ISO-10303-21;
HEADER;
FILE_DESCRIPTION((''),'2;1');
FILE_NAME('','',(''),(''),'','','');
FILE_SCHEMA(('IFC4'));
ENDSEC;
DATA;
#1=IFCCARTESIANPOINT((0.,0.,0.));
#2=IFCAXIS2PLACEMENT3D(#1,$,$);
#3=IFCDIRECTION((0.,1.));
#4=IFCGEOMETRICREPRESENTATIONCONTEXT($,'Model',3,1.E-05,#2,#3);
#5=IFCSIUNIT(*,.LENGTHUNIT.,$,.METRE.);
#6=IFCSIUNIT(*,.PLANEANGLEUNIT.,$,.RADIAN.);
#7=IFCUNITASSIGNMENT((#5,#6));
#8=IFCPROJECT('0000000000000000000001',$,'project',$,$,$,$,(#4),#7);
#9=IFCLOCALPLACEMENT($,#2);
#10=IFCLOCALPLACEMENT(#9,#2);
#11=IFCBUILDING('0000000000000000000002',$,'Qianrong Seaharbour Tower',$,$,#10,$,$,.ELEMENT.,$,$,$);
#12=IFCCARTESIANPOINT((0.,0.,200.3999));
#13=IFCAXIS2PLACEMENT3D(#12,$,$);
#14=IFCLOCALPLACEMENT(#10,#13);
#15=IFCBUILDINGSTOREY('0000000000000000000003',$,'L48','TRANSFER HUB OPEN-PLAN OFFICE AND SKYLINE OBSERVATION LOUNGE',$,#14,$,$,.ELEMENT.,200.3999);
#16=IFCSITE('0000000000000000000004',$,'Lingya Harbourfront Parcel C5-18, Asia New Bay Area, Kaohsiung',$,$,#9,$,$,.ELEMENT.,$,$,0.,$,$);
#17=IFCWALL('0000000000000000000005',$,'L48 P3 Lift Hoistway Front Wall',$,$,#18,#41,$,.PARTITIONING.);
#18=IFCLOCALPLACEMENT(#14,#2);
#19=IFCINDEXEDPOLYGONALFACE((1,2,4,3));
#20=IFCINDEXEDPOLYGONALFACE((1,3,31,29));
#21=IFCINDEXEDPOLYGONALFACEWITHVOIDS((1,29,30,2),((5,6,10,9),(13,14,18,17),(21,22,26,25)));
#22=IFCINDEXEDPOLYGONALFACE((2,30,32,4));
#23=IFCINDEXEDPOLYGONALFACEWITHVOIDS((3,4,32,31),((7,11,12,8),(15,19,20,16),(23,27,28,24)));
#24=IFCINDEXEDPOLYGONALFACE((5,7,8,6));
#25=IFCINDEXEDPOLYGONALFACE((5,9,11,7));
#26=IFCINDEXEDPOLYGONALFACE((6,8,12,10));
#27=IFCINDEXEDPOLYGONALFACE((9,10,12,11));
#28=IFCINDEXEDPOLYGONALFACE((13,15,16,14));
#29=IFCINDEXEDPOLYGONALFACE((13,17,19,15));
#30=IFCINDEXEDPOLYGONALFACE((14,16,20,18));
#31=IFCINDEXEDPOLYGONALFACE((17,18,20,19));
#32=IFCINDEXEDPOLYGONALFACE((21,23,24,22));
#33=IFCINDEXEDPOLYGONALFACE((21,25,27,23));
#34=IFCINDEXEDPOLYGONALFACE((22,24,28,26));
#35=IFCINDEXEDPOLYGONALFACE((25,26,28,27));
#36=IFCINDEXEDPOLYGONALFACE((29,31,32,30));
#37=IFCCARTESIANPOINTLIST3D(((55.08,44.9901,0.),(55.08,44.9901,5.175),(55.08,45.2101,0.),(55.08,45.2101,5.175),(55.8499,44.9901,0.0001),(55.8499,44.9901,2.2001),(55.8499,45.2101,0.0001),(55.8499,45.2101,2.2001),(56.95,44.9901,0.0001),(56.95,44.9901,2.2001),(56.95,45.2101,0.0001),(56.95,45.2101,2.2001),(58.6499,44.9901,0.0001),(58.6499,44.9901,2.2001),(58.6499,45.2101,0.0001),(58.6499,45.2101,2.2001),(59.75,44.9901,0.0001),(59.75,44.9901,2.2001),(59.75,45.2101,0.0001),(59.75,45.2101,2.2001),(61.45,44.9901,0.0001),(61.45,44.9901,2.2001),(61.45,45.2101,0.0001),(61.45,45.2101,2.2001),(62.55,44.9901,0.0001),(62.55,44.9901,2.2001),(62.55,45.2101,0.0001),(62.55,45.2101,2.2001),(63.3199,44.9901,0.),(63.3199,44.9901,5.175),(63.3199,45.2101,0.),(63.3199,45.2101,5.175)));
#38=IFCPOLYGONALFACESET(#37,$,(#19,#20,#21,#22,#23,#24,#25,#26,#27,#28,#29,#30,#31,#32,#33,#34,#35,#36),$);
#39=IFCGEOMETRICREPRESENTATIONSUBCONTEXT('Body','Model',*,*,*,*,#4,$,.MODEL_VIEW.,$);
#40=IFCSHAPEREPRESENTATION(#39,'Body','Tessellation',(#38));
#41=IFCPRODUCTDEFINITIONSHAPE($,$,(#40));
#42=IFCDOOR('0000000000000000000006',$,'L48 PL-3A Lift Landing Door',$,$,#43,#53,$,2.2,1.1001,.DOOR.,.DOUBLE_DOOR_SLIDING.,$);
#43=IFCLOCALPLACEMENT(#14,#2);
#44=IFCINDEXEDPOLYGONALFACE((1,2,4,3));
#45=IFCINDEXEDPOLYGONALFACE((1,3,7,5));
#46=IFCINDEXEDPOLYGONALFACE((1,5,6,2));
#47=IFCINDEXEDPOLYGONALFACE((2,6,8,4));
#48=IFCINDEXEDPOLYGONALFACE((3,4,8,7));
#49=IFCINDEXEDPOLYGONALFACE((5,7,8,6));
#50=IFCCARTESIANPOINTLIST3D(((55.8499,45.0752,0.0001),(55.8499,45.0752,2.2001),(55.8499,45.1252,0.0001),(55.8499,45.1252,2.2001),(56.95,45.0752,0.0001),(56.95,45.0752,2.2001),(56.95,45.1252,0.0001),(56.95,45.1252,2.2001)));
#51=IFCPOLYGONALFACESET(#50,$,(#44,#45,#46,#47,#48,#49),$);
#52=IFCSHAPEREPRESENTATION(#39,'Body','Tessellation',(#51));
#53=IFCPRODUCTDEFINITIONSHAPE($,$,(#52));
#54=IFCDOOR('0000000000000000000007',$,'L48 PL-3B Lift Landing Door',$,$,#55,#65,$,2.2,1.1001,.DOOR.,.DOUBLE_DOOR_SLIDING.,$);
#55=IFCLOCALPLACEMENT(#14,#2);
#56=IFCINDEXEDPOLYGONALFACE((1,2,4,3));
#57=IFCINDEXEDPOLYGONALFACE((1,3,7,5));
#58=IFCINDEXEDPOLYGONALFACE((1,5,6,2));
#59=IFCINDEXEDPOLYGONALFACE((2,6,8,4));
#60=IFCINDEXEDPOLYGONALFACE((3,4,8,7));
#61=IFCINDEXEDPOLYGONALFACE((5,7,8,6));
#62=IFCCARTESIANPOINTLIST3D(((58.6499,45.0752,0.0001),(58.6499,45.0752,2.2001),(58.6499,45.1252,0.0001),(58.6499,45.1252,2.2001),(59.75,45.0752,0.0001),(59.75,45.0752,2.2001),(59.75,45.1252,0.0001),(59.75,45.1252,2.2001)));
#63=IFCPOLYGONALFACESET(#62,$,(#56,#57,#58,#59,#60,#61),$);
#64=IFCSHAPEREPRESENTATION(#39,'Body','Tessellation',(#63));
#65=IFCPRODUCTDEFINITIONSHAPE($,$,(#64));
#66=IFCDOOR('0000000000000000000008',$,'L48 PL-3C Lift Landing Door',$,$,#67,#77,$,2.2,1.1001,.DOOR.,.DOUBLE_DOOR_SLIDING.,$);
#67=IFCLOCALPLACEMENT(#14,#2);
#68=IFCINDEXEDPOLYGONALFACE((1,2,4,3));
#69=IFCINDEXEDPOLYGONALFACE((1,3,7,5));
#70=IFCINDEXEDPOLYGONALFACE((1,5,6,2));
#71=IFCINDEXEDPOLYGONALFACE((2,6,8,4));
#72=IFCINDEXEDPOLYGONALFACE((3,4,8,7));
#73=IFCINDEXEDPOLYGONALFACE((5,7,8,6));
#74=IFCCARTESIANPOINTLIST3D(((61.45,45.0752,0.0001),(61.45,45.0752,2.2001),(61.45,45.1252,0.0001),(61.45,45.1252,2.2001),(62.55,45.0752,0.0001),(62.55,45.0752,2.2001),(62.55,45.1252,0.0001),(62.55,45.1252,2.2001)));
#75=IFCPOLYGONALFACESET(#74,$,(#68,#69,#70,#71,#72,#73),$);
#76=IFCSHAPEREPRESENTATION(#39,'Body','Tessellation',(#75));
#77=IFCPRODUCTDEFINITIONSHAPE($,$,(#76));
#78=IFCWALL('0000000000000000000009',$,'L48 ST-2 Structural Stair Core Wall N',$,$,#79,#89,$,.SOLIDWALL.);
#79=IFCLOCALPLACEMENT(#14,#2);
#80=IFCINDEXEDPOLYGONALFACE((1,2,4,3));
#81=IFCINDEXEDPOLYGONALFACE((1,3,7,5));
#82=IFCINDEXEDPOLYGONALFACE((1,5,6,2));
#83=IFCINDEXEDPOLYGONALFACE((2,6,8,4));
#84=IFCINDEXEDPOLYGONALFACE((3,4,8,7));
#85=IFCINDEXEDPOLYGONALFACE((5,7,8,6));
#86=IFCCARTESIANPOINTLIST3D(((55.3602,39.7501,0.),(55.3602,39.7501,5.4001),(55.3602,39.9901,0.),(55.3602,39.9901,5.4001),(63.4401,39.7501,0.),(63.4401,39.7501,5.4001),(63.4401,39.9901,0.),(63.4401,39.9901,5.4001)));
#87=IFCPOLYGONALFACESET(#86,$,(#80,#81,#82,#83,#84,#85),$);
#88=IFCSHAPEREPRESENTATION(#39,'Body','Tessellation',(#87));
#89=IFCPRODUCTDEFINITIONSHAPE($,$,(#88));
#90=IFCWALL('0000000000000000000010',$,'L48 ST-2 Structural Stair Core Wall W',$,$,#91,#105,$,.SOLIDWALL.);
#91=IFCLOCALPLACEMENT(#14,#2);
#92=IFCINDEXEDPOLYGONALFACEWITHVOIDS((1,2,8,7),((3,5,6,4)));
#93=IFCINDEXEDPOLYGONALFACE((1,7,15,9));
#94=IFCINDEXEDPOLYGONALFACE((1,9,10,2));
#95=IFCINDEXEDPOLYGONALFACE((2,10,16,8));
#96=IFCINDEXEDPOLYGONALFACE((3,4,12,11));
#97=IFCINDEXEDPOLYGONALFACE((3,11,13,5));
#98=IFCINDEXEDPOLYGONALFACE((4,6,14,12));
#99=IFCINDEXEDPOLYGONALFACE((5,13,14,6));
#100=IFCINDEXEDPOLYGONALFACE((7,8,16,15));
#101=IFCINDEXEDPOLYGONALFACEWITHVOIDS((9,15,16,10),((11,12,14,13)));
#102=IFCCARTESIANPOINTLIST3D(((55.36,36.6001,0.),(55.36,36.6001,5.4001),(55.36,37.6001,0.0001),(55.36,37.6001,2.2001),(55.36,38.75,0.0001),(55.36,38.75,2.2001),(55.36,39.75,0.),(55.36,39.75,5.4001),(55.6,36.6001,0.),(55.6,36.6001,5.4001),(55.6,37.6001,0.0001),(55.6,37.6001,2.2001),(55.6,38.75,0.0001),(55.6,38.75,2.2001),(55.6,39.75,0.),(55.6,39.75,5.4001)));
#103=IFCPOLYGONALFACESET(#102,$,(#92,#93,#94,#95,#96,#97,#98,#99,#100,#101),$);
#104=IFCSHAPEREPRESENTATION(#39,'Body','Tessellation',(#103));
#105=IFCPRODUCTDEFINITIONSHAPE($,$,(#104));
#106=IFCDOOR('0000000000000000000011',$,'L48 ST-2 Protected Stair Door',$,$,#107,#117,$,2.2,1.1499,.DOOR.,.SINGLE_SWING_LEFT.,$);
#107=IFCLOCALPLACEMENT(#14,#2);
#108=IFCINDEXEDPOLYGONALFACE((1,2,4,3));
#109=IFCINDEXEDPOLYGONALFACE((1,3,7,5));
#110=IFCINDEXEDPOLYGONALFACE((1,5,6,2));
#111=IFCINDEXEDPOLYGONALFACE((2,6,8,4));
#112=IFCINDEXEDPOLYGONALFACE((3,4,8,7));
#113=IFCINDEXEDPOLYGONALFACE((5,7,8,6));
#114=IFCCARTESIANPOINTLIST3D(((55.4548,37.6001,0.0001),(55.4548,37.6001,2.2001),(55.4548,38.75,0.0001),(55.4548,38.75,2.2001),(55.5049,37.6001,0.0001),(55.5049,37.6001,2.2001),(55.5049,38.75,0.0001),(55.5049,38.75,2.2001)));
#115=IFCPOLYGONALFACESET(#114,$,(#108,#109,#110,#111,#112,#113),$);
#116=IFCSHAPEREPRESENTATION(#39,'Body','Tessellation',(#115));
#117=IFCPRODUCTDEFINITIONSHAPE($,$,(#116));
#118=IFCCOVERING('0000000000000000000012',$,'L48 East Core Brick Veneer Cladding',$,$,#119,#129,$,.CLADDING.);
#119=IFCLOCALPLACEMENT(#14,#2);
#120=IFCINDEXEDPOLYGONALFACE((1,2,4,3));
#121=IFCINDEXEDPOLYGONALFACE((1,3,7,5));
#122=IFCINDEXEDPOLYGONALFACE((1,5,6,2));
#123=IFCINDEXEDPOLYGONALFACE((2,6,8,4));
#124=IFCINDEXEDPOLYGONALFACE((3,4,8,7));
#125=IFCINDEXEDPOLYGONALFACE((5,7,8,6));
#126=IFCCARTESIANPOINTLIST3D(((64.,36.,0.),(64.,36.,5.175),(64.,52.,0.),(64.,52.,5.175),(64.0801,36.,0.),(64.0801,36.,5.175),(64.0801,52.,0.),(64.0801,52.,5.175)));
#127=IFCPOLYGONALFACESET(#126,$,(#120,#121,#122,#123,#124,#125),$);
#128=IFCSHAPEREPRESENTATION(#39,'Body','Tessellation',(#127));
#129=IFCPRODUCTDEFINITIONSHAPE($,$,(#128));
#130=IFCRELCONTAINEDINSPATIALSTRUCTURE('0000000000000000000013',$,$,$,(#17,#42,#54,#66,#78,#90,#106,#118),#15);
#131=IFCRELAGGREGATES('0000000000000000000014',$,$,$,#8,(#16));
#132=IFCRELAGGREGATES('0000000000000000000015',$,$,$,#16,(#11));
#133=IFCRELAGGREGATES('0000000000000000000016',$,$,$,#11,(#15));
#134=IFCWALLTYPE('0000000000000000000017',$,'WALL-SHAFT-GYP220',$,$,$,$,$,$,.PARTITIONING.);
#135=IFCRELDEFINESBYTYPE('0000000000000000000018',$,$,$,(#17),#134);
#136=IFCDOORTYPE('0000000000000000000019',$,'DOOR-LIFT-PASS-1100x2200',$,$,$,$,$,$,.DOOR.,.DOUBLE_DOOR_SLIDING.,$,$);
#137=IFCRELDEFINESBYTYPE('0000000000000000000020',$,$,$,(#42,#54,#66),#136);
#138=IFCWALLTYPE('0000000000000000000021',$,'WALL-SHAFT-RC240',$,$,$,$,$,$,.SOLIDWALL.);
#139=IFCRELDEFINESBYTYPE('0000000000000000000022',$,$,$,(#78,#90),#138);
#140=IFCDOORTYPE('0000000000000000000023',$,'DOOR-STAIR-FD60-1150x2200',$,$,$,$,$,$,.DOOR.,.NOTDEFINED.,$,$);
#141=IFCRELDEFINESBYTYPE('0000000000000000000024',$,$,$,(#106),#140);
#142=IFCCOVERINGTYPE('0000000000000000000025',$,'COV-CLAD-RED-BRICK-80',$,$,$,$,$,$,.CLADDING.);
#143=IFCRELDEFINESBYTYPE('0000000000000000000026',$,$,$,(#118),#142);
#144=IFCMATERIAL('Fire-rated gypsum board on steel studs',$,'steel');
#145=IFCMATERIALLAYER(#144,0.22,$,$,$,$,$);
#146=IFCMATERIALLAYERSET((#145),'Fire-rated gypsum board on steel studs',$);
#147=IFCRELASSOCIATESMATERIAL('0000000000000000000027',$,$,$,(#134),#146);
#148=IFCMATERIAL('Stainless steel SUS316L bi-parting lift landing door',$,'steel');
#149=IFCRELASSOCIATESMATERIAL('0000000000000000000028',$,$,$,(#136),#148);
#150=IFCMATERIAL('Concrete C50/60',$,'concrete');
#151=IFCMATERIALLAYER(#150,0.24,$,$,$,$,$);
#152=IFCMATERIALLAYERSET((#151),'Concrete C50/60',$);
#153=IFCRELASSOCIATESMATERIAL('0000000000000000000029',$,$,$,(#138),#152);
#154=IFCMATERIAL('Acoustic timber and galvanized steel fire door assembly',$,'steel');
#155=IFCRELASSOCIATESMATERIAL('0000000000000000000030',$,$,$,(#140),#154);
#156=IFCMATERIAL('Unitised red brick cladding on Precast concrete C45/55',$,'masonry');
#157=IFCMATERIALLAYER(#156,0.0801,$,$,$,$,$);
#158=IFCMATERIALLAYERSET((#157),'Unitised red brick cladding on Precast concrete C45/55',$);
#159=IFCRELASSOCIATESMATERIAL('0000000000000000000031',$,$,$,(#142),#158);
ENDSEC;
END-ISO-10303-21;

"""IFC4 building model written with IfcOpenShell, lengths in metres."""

from ifc_helpers import new_model, si_unit, direction, frame, frame_2d, origin, origin_2d, place, context, subcontext, project, spatial, rectangle, extrude, material, layer, layer_set, type_object, element, fill, save


model = new_model("IFC4")

# Units and contexts
model_context = context("Model", 3, precision=1e-05, world=origin(), true_north=direction((0.0, 1.0)))
body_context = subcontext(model_context, "Body", "Model", "MODEL_VIEW")
ifc_project = project(units=[si_unit("LENGTHUNIT", "METRE"), si_unit("PLANEANGLEUNIT", "RADIAN")], contexts=[model_context])

# Site, building, storey
site_placement = place(None, origin())
site = spatial("IfcSite", under=ifc_project, at=site_placement, Name="Lingya Harbourfront Parcel C5-18, Asia New Bay Area, Kaohsiung", CompositionType="ELEMENT", RefElevation=0.0)
building_placement = place(site_placement, origin())
building = spatial("IfcBuilding", under=site, at=building_placement, Name="Qianrong Seaharbour Tower", CompositionType="ELEMENT")
storey_placement = place(building_placement, frame((0.0, 0.0, 200.3999)))
storey = spatial("IfcBuildingStorey", under=building, at=storey_placement, Name="L48", Description="TRANSFER HUB OPEN-PLAN OFFICE AND SKYLINE OBSERVATION LOUNGE", CompositionType="ELEMENT", Elevation=200.3999)

# Shared definitions
ifc_material_1 = material(Name="Concrete C50/60", Category="concrete")

# Shared definitions
ifc_material_2 = material(Name="Acoustic timber and galvanized steel fire door assembly", Category="steel")

# Shared definitions
ifc_material_3 = material(Name="Fire-rated gypsum board on steel studs", Category="steel")

# Wall, openings, doors
ifc_layer_1 = layer(ifc_material_3, 0.22)
ifc_layer_set_1 = layer_set([ifc_layer_1], Name="Fire-rated gypsum board on steel studs")
wall_type_1 = type_object("IfcWallType", Name="WALL-SHAFT-GYP220", PredefinedType="PARTITIONING", material=ifc_layer_set_1)
wall_1_placement = place(storey_placement, frame((63.3201, 45.1001, 0.0), z_axis=(0.0, 0.0, 1.0), x_axis=(-1.0, 0.0, 0.0)))
wall_1 = element("IfcWall", 1, at=wall_1_placement, inside=storey, type_object=wall_type_1, Name="L48 P3 Lift Hoistway Front Wall", PredefinedType="PARTITIONING", context=body_context, shape_type="SweptSolid", body=[
    extrude(rectangle(XDim=8.24, YDim=0.22, at=frame_2d((4.1201, 0.0))), origin(), (0.0, 0.0, 1.0), 5.175),
])
opening_1_placement = place(wall_1_placement, frame((6.3701, 0.0, 0.0)))
opening_1 = element("IfcOpeningElement", 2, at=opening_1_placement, cuts=wall_1, PredefinedType="OPENING", context=body_context, shape_type="SweptSolid", body=[
    extrude(rectangle(XDim=1.1001, YDim=2.2, at=frame_2d((0.55, 1.1001))), frame((0.0, 0.1201, 0.0), z_axis=(0.0, -1.0, 0.0), x_axis=(1.0, 0.0, 0.0)), (0.0, 0.0, 1.0), 0.24),
])
opening_2_placement = place(wall_1_placement, frame((3.5701, 0.0, 0.0)))
opening_2 = element("IfcOpeningElement", 3, at=opening_2_placement, cuts=wall_1, PredefinedType="OPENING", context=body_context, shape_type="SweptSolid", body=[
    extrude(rectangle(XDim=1.1001, YDim=2.2, at=frame_2d((0.55, 1.1001))), frame((0.0, 0.1201, 0.0), z_axis=(0.0, -1.0, 0.0), x_axis=(1.0, 0.0, 0.0)), (0.0, 0.0, 1.0), 0.24),
])
opening_3_placement = place(wall_1_placement, frame((0.77, 0.0, 0.0)))
opening_3 = element("IfcOpeningElement", 4, at=opening_3_placement, cuts=wall_1, PredefinedType="OPENING", context=body_context, shape_type="SweptSolid", body=[
    extrude(rectangle(XDim=1.1001, YDim=2.2, at=frame_2d((0.55, 1.1001))), frame((0.0, 0.1201, 0.0), z_axis=(0.0, -1.0, 0.0), x_axis=(1.0, 0.0, 0.0)), (0.0, 0.0, 1.0), 0.24),
])
ifc_material_4 = material(Name="Stainless steel SUS316L bi-parting lift landing door", Category="steel")
door_type_1 = type_object("IfcDoorType", Name="DOOR-LIFT-PASS-1100x2200", OperationType="DOUBLE_DOOR_SLIDING", PredefinedType="DOOR", material=ifc_material_4)
door_1_placement = place(opening_1_placement, origin())
door_1 = element("IfcDoor", 5, at=door_1_placement, inside=storey, type_object=door_type_1, Name="L48 PL-3A Lift Landing Door", OperationType="DOUBLE_DOOR_SLIDING", OverallHeight=2.2, OverallWidth=1.1001, PredefinedType="DOOR", context=body_context, shape_type="SweptSolid", body=[
    extrude(rectangle(XDim=1.1001, YDim=2.2, at=frame_2d((0.55, 1.1001))), frame((0.0, 0.0249, 0.0), z_axis=(0.0, -1.0, 0.0), x_axis=(1.0, 0.0, 0.0)), (0.0, 0.0, 1.0), 0.05),
])
fill(opening_1, door_1)
door_2_placement = place(opening_2_placement, origin())
door_2 = element("IfcDoor", 6, at=door_2_placement, inside=storey, type_object=door_type_1, Name="L48 PL-3B Lift Landing Door", OperationType="DOUBLE_DOOR_SLIDING", OverallHeight=2.2, OverallWidth=1.1001, PredefinedType="DOOR", context=body_context, shape_type="SweptSolid", body=[
    extrude(rectangle(XDim=1.1001, YDim=2.2, at=frame_2d((0.55, 1.1001))), frame((0.0, 0.0249, 0.0), z_axis=(0.0, -1.0, 0.0), x_axis=(1.0, 0.0, 0.0)), (0.0, 0.0, 1.0), 0.05),
])
fill(opening_2, door_2)
door_3_placement = place(opening_3_placement, origin())
door_3 = element("IfcDoor", 7, at=door_3_placement, inside=storey, type_object=door_type_1, Name="L48 PL-3C Lift Landing Door", OperationType="DOUBLE_DOOR_SLIDING", OverallHeight=2.2, OverallWidth=1.1001, PredefinedType="DOOR", context=body_context, shape_type="SweptSolid", body=[
    extrude(rectangle(XDim=1.1001, YDim=2.2, at=frame_2d((0.55, 1.1001))), frame((0.0, 0.0249, 0.0), z_axis=(0.0, -1.0, 0.0), x_axis=(1.0, 0.0, 0.0)), (0.0, 0.0, 1.0), 0.05),
])
fill(opening_3, door_3)

# Wall
ifc_layer_2 = layer(ifc_material_1, 0.24)
ifc_layer_set_2 = layer_set([ifc_layer_2], Name="Concrete C50/60")
wall_type_2 = type_object("IfcWallType", Name="WALL-SHAFT-RC240", PredefinedType="SOLIDWALL", material=ifc_layer_set_2)
wall_2_placement = place(storey_placement, frame((55.3601, 39.8701, 0.0), z_axis=(0.0, 0.0, 1.0), x_axis=(1.0, 0.0, 0.0)))
element("IfcWall", 8, at=wall_2_placement, inside=storey, type_object=wall_type_2, Name="L48 ST-2 Structural Stair Core Wall N", PredefinedType="SOLIDWALL", context=body_context, shape_type="SweptSolid", body=[
    extrude(rectangle(XDim=8.0798, YDim=0.24, at=frame_2d((4.04, 0.0))), origin(), (0.0, 0.0, 1.0), 5.4001),
])

# Wall, opening, door
wall_3_placement = place(storey_placement, frame((55.48, 39.75, 0.0), z_axis=(0.0, 0.0, 1.0), x_axis=(0.0, -1.0, 0.0)))
wall_3 = element("IfcWall", 9, at=wall_3_placement, inside=storey, type_object=wall_type_2, Name="L48 ST-2 Structural Stair Core Wall W", PredefinedType="SOLIDWALL", context=body_context, shape_type="SweptSolid", body=[
    extrude(rectangle(XDim=3.1499, YDim=0.24, at=frame_2d((1.575, 0.0))), origin(), (0.0, 0.0, 1.0), 5.4001),
])
opening_4_placement = place(wall_3_placement, frame((1.0, 0.0, 0.0)))
opening_4 = element("IfcOpeningElement", 10, at=opening_4_placement, cuts=wall_3, PredefinedType="OPENING", context=body_context, shape_type="SweptSolid", body=[
    extrude(rectangle(XDim=1.1499, YDim=2.2, at=frame_2d((0.575, 1.1001))), frame((0.0, 0.1299, 0.0), z_axis=(0.0, -1.0, 0.0), x_axis=(1.0, 0.0, 0.0)), (0.0, 0.0, 1.0), 0.26),
])
door_type_2 = type_object("IfcDoorType", Name="DOOR-STAIR-FD60-1150x2200", OperationType="NOTDEFINED", PredefinedType="DOOR", material=ifc_material_2)
door_4_placement = place(opening_4_placement, origin())
door_4 = element("IfcDoor", 11, at=door_4_placement, inside=storey, type_object=door_type_2, Name="L48 ST-2 Protected Stair Door", OperationType="SINGLE_SWING_LEFT", OverallHeight=2.2, OverallWidth=1.1499, PredefinedType="DOOR", context=body_context, shape_type="SweptSolid", body=[
    extrude(rectangle(XDim=1.1499, YDim=2.2, at=frame_2d((0.575, 1.1001))), frame((0.0, 0.0249, 0.0), z_axis=(0.0, -1.0, 0.0), x_axis=(1.0, 0.0, 0.0)), (0.0, 0.0, 1.0), 0.05),
])
fill(opening_4, door_4)

# Covering
ifc_material_5 = material(Name="Unitised red brick cladding on Precast concrete C45/55", Category="masonry")
ifc_layer_3 = layer(ifc_material_5, 0.0801)
ifc_layer_set_3 = layer_set([ifc_layer_3], Name="Unitised red brick cladding on Precast concrete C45/55")
covering_type = type_object("IfcCoveringType", Name="COV-CLAD-RED-BRICK-80", PredefinedType="CLADDING", material=ifc_layer_set_3)
covering_placement = place(storey_placement, frame((64.04, 44.0, 0.0), z_axis=(0.0, 0.0, 1.0), x_axis=(1.0, 0.0, 0.0)))
element("IfcCovering", 12, at=covering_placement, inside=storey, type_object=covering_type, Name="L48 East Core Brick Veneer Cladding", PredefinedType="CLADDING", context=body_context, shape_type="SweptSolid", body=[
    extrude(rectangle(XDim=0.0801, YDim=16.0, at=origin_2d()), origin(), (0.0, 0.0, 1.0), 5.175),
])

save(model, "model.ifc")
